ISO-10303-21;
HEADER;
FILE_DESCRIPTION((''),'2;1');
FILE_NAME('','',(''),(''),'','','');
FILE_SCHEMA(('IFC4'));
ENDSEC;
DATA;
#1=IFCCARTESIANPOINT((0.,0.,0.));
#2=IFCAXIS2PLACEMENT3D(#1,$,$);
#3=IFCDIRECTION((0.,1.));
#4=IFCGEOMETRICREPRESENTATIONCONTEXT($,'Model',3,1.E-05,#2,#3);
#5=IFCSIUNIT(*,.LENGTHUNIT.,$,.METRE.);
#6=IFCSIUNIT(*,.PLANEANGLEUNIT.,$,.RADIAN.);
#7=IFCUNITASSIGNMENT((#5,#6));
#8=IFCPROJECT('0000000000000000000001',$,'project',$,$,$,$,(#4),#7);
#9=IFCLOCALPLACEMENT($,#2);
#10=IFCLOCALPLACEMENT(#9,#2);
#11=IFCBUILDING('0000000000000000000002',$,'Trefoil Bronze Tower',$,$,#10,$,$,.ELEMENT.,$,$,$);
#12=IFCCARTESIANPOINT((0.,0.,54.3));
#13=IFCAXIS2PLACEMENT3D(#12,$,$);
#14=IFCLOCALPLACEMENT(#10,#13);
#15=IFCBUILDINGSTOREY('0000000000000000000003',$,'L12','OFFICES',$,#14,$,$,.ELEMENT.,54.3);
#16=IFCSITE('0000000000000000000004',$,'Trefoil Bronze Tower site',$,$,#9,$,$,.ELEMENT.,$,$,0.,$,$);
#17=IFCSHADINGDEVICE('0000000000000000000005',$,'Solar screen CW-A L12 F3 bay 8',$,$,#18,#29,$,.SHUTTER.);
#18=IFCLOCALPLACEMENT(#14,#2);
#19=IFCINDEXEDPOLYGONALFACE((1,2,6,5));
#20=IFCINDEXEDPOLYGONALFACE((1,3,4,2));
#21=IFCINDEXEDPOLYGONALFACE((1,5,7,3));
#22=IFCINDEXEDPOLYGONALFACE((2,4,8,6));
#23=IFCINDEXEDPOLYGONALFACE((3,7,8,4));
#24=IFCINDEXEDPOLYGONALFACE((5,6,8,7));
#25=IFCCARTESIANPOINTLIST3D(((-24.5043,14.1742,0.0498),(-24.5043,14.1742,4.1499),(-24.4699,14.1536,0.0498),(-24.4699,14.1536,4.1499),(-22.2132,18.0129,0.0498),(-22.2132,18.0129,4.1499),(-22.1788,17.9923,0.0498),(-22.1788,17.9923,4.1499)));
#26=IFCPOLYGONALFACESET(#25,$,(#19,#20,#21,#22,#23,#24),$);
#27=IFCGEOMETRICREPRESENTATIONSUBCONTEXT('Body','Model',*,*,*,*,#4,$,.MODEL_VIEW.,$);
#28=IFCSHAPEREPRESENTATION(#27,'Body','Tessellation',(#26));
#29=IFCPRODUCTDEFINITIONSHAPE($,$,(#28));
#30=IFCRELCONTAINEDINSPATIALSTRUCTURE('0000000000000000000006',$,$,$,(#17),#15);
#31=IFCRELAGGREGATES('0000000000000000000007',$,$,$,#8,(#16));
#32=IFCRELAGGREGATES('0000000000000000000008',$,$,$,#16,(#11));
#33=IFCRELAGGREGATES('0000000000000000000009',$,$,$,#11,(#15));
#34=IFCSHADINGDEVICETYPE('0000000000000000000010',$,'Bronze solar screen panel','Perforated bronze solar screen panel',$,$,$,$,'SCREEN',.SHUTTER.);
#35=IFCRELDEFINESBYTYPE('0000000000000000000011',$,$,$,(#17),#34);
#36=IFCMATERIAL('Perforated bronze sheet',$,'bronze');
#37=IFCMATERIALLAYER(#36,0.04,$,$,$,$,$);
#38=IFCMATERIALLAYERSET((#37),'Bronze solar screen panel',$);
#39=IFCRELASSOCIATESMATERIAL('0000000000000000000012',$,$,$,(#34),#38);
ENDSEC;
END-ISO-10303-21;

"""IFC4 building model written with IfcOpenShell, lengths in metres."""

from ifc_helpers import new_model, si_unit, direction, frame, origin, origin_2d, place, context, subcontext, project, spatial, rectangle, extrude, material, layer, layer_set, type_object, element, save


model = new_model("IFC4")

# Units and contexts
model_context = context("Model", 3, precision=1e-05, world=origin(), true_north=direction((0.0, 1.0)))
body_context = subcontext(model_context, "Body", "Model", "MODEL_VIEW")
ifc_project = project(units=[si_unit("LENGTHUNIT", "METRE"), si_unit("PLANEANGLEUNIT", "RADIAN")], contexts=[model_context])

# Site, building, storey
site_placement = place(None, origin())
site = spatial("IfcSite", under=ifc_project, at=site_placement, Name="Trefoil Bronze Tower site", CompositionType="ELEMENT", RefElevation=0.0)
building_placement = place(site_placement, origin())
building = spatial("IfcBuilding", under=site, at=building_placement, Name="Trefoil Bronze Tower", CompositionType="ELEMENT")
storey_placement = place(building_placement, frame((0.0, 0.0, 54.3)))
storey = spatial("IfcBuildingStorey", under=building, at=storey_placement, Name="L12", Description="OFFICES", CompositionType="ELEMENT", Elevation=54.3)

# Shading device
ifc_material_1 = material(Name="Perforated bronze sheet", Category="bronze")
ifc_layer_1 = layer(ifc_material_1, 0.04)
ifc_layer_set_1 = layer_set([ifc_layer_1], Name="Bronze solar screen panel")
shading_device_type = type_object("IfcShadingDeviceType", Name="Bronze solar screen panel", Description="Perforated bronze solar screen panel", ElementType="SCREEN", PredefinedType="SHUTTER", material=ifc_layer_set_1)
shading_device_1_placement = place(storey_placement, frame((-23.3416, 16.0833, 0.0498), z_axis=(0.0, 0.0, 1.0), x_axis=(-0.512513, -0.85868, 0.0)))
element("IfcShadingDevice", 1, at=shading_device_1_placement, inside=storey, type_object=shading_device_type, Name="Solar screen CW-A L12 F3 bay 8", PredefinedType="SHUTTER", context=body_context, shape_type="SweptSolid", body=[
    extrude(rectangle(XDim=4.4705, YDim=0.04, at=origin_2d()), origin(), (0.0, 0.0, 1.0), 4.1001),
])

save(model, "model.ifc")
